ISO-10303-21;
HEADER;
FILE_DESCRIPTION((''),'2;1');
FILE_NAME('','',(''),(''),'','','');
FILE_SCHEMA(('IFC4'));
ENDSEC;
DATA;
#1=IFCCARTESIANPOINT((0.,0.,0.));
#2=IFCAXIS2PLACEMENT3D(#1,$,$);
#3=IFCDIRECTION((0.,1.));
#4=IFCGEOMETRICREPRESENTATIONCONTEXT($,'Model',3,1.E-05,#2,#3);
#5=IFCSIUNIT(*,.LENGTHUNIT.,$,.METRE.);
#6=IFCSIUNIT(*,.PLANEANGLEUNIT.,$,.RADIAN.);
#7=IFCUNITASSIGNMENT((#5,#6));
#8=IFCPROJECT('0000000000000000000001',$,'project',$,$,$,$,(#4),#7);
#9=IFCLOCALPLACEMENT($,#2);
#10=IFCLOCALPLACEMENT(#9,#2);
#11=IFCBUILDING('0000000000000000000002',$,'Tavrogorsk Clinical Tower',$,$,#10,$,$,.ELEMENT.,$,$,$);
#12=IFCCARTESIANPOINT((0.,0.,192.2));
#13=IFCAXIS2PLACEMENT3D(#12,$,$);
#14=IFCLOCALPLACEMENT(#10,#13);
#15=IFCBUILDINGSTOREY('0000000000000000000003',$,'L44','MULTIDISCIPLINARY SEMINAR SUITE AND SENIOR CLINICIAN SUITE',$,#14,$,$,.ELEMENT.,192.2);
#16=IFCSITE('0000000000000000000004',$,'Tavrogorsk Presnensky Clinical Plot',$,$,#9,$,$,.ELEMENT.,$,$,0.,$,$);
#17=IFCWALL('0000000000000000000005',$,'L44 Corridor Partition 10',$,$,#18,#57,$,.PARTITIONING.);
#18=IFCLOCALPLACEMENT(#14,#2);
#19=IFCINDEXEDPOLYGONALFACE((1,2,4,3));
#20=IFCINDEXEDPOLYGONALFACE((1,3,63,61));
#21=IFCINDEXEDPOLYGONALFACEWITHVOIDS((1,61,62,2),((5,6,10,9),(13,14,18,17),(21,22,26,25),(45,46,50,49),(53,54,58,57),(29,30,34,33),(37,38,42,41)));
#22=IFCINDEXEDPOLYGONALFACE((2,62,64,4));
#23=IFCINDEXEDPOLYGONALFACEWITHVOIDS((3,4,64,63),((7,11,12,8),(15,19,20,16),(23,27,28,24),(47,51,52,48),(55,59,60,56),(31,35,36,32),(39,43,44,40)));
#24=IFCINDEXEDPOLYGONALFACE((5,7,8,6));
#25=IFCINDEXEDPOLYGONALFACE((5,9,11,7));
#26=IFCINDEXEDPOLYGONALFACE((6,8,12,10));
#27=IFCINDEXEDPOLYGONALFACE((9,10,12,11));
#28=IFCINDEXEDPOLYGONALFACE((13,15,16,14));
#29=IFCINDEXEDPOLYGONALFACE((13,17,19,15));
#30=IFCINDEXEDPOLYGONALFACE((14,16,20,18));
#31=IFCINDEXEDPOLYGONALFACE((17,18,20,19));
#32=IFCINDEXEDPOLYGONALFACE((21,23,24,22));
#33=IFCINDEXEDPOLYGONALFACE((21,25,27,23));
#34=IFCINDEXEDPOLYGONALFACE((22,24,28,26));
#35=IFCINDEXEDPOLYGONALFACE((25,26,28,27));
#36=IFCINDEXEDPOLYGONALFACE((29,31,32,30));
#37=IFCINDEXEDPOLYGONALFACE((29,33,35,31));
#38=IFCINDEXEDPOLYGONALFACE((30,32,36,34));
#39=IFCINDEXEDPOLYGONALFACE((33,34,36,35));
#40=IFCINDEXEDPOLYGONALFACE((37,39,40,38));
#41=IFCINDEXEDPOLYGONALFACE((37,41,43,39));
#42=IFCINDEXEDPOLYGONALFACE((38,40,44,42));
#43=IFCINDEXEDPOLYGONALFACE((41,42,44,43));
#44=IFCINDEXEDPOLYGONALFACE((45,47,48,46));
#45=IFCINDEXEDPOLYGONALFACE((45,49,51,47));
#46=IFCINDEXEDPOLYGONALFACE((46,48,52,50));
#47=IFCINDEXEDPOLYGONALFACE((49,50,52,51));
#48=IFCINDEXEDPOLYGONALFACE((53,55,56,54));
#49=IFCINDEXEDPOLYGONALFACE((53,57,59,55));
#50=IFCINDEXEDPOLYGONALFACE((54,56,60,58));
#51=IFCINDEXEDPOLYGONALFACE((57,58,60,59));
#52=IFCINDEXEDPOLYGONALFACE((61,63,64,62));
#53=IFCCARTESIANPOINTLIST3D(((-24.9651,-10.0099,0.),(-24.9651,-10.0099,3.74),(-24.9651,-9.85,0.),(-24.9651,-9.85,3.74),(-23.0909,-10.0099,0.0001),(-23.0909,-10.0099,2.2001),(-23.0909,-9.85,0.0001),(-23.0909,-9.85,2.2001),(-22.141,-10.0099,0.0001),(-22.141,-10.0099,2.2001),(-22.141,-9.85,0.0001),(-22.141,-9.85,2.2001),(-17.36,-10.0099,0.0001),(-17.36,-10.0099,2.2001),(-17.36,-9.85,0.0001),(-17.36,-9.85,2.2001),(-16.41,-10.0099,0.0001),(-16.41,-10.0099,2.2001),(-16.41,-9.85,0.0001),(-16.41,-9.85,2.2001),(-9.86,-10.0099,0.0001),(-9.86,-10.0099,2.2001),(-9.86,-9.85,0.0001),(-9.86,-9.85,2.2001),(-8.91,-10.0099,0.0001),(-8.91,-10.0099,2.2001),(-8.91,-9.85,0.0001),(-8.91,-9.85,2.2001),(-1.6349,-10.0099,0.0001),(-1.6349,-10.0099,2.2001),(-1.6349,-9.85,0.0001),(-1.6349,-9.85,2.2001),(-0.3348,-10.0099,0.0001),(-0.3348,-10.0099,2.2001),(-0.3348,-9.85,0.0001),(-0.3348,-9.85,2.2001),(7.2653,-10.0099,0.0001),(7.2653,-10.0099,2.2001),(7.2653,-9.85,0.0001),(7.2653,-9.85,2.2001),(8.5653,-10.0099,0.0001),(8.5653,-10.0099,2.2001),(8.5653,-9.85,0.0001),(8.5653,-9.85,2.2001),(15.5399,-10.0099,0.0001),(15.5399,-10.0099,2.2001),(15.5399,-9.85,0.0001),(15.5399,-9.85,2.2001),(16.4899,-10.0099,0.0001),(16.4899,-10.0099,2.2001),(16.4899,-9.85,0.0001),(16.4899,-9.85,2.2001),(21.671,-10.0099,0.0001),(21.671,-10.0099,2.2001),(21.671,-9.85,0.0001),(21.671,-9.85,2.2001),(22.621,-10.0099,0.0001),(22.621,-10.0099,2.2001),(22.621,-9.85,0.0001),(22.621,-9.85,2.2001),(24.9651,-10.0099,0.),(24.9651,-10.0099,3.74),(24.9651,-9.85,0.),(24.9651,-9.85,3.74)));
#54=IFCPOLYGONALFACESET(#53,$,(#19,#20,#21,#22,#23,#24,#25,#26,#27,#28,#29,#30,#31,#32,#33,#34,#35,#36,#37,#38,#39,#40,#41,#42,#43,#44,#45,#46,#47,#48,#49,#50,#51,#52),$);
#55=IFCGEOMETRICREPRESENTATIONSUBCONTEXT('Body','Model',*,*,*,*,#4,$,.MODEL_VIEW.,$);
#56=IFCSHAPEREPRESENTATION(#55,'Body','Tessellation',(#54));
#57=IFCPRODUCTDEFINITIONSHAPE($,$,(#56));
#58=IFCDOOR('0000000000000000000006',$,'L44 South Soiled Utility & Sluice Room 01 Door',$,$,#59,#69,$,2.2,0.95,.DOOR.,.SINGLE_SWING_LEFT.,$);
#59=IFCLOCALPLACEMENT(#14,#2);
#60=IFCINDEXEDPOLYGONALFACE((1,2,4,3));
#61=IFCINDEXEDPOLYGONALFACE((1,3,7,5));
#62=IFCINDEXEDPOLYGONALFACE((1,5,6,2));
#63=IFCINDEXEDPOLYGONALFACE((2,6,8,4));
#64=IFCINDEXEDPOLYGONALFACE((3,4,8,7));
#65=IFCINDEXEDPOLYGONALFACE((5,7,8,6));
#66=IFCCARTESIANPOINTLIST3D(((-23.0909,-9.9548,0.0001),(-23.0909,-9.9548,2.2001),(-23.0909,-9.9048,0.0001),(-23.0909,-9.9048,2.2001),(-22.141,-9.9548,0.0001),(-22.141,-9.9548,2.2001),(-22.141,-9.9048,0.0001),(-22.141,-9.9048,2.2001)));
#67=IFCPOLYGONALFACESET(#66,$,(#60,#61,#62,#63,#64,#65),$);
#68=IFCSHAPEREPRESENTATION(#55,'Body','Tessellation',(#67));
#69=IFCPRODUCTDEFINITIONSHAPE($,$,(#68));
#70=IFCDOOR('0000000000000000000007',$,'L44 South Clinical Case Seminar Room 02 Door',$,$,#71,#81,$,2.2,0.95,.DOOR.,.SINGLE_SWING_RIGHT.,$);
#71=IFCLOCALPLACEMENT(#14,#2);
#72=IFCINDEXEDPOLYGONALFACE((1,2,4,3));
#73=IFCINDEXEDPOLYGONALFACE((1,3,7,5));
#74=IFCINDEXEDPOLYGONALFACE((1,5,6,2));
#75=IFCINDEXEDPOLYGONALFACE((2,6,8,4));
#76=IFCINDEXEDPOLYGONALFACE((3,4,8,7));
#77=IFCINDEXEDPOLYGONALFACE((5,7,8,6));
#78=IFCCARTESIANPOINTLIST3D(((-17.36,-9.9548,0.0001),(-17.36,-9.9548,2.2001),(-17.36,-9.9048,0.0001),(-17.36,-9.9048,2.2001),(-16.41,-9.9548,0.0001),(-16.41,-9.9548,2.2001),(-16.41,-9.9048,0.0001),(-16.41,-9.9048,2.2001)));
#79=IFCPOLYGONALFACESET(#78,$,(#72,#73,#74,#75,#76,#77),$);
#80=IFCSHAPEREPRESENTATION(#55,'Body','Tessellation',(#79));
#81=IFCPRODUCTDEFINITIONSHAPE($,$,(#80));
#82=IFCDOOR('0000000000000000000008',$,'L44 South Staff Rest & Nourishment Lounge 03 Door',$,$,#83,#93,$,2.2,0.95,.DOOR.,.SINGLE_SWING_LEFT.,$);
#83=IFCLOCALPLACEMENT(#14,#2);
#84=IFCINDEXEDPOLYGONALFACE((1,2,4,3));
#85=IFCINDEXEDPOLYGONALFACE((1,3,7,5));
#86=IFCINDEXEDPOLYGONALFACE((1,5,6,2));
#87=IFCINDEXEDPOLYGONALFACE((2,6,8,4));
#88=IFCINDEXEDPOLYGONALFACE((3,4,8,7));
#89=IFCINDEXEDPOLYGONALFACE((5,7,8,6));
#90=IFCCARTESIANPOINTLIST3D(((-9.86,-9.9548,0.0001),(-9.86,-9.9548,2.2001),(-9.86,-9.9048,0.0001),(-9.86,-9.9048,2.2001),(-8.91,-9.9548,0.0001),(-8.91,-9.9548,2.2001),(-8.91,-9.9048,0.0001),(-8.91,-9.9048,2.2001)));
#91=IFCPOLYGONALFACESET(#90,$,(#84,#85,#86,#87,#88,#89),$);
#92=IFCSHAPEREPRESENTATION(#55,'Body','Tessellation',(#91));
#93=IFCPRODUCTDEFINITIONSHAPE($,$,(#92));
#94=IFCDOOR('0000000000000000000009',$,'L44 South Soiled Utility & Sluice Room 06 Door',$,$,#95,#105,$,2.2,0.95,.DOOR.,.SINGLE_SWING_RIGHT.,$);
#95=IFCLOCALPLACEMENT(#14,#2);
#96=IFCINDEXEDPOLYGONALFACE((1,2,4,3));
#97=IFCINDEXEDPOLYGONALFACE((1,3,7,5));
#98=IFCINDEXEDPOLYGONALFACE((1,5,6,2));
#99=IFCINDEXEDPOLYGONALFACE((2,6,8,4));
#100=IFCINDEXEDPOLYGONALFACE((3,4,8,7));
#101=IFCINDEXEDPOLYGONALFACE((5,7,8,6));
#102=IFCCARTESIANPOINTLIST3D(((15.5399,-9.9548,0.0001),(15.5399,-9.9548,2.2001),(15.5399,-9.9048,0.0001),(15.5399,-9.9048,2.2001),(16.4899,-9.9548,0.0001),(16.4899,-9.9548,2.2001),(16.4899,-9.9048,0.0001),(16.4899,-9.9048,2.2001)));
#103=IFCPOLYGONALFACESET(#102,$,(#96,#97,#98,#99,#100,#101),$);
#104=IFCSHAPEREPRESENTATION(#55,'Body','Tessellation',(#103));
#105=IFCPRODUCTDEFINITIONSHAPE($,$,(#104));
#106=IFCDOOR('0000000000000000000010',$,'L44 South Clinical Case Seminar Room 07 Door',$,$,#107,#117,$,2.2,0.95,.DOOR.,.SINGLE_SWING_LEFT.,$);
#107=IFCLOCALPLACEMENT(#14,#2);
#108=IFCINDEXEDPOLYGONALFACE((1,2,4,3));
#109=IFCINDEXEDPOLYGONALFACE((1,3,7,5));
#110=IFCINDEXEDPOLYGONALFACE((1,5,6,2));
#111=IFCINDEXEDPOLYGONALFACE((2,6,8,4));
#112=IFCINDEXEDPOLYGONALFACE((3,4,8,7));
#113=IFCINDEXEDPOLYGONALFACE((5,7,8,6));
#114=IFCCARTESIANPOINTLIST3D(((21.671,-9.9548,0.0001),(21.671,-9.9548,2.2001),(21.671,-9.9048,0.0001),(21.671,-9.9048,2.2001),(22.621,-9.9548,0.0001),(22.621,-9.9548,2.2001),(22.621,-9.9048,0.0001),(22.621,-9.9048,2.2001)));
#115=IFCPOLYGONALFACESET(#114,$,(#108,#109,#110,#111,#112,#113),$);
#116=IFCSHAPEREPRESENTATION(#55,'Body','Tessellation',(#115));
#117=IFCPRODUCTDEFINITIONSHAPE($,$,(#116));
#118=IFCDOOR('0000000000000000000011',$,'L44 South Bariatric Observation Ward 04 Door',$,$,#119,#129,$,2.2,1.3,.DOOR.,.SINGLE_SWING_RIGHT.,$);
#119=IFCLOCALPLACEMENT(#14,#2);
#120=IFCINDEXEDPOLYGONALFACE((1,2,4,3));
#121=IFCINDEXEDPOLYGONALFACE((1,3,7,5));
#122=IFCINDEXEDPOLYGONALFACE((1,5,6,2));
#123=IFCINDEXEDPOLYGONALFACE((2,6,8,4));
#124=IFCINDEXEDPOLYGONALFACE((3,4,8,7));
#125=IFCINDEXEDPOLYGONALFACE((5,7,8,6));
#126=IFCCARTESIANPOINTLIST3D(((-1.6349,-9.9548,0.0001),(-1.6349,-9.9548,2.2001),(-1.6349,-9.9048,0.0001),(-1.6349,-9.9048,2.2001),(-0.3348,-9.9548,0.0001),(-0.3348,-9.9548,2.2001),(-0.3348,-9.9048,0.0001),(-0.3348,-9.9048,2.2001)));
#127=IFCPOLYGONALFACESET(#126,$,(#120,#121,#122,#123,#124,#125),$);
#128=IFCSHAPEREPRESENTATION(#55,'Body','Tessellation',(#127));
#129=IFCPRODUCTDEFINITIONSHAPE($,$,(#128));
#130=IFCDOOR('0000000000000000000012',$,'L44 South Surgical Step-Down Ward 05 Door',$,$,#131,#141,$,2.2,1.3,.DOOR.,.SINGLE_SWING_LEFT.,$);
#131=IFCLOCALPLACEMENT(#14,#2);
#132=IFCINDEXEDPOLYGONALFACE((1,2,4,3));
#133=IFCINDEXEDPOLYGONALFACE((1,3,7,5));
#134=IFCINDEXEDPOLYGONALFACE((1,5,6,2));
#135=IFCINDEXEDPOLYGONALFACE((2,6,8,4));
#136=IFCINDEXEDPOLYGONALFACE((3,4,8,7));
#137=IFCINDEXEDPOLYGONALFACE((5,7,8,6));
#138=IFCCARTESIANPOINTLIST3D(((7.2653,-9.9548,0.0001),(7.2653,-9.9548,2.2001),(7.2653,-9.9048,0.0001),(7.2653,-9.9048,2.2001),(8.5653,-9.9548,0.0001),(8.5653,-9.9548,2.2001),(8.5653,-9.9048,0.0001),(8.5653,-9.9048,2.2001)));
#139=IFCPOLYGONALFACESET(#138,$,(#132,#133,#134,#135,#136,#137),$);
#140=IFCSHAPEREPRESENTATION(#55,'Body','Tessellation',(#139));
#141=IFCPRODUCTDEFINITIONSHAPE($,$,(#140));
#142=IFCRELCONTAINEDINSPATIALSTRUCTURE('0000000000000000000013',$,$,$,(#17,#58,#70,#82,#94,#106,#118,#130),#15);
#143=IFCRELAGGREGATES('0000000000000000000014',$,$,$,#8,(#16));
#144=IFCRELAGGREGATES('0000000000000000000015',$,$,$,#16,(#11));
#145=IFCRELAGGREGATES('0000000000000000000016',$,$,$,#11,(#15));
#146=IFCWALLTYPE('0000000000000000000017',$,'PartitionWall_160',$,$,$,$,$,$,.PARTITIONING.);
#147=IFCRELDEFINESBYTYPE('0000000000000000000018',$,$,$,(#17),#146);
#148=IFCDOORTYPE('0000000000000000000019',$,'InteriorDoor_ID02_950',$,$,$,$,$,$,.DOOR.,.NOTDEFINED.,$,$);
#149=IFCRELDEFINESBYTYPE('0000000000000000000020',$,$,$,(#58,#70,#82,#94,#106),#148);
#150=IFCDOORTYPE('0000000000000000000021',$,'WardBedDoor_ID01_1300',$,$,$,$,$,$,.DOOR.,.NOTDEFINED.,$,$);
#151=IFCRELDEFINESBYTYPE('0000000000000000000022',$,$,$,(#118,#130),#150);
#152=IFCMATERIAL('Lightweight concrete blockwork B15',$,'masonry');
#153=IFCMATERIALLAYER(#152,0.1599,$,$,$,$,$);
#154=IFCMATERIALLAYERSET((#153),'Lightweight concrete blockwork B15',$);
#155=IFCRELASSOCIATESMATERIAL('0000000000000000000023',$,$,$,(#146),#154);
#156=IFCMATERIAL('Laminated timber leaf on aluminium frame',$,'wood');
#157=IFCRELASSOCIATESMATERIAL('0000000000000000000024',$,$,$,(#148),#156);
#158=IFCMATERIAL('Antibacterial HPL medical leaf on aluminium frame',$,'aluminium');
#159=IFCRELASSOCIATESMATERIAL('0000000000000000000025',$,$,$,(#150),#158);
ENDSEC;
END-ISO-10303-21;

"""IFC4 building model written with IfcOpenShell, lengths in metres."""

from ifc_helpers import new_model, si_unit, direction, frame, frame_2d, origin, place, context, subcontext, project, spatial, rectangle, extrude, material, layer, layer_set, type_object, element, fill, save


model = new_model("IFC4")

# Units and contexts
model_context = context("Model", 3, precision=1e-05, world=origin(), true_north=direction((0.0, 1.0)))
body_context = subcontext(model_context, "Body", "Model", "MODEL_VIEW")
ifc_project = project(units=[si_unit("LENGTHUNIT", "METRE"), si_unit("PLANEANGLEUNIT", "RADIAN")], contexts=[model_context])

# Site, building, storey
site_placement = place(None, origin())
site = spatial("IfcSite", under=ifc_project, at=site_placement, Name="Tavrogorsk Presnensky Clinical Plot", CompositionType="ELEMENT", RefElevation=0.0)
building_placement = place(site_placement, origin())
building = spatial("IfcBuilding", under=site, at=building_placement, Name="Tavrogorsk Clinical Tower", CompositionType="ELEMENT")
storey_placement = place(building_placement, frame((0.0, 0.0, 192.2)))
storey = spatial("IfcBuildingStorey", under=building, at=storey_placement, Name="L44", Description="MULTIDISCIPLINARY SEMINAR SUITE AND SENIOR CLINICIAN SUITE", CompositionType="ELEMENT", Elevation=192.2)

# Shared definitions
ifc_material_1 = material(Name="Lightweight concrete blockwork B15", Category="masonry")
ifc_layer = layer(ifc_material_1, 0.1599)
ifc_layer_set = layer_set([ifc_layer], Name="Lightweight concrete blockwork B15")
wall_type = type_object("IfcWallType", Name="PartitionWall_160", PredefinedType="PARTITIONING", material=ifc_layer_set)
ifc_material_2 = material(Name="Laminated timber leaf on aluminium frame", Category="wood")
door_type_1 = type_object("IfcDoorType", Name="InteriorDoor_ID02_950", OperationType="NOTDEFINED", PredefinedType="DOOR", material=ifc_material_2)

# Wall, openings, doors
wall_1_placement = place(storey_placement, frame((24.9651, -9.9299, 0.0), z_axis=(0.0, 0.0, 1.0), x_axis=(-1.0, 0.0, 0.0)))
wall_1 = element("IfcWall", 1, at=wall_1_placement, inside=storey, type_object=wall_type, Name="L44 Corridor Partition 10", PredefinedType="PARTITIONING", context=body_context, shape_type="SweptSolid", body=[
    extrude(rectangle(XDim=49.9302, YDim=0.1599, at=frame_2d((24.9651, 0.0))), origin(), (0.0, 0.0, 1.0), 3.74),
])
opening_1_placement = place(wall_1_placement, frame((47.106, 0.0, 0.0)))
opening_1 = element("IfcOpeningElement", 2, at=opening_1_placement, cuts=wall_1, PredefinedType="OPENING", context=body_context, shape_type="SweptSolid", body=[
    extrude(rectangle(XDim=0.95, YDim=2.2, at=frame_2d((0.4751, 1.1001))), frame((0.0, 0.0898, 0.0), z_axis=(0.0, -1.0, 0.0), x_axis=(1.0, 0.0, 0.0)), (0.0, 0.0, 1.0), 0.1799),
])
opening_2_placement = place(wall_1_placement, frame((41.375, 0.0, 0.0)))
opening_2 = element("IfcOpeningElement", 3, at=opening_2_placement, cuts=wall_1, PredefinedType="OPENING", context=body_context, shape_type="SweptSolid", body=[
    extrude(rectangle(XDim=0.95, YDim=2.2, at=frame_2d((0.4751, 1.1001))), frame((0.0, 0.0898, 0.0), z_axis=(0.0, -1.0, 0.0), x_axis=(1.0, 0.0, 0.0)), (0.0, 0.0, 1.0), 0.1799),
])
opening_3_placement = place(wall_1_placement, frame((33.875, 0.0, 0.0)))
opening_3 = element("IfcOpeningElement", 4, at=opening_3_placement, cuts=wall_1, PredefinedType="OPENING", context=body_context, shape_type="SweptSolid", body=[
    extrude(rectangle(XDim=0.95, YDim=2.2, at=frame_2d((0.4751, 1.1001))), frame((0.0, 0.0898, 0.0), z_axis=(0.0, -1.0, 0.0), x_axis=(1.0, 0.0, 0.0)), (0.0, 0.0, 1.0), 0.1799),
])
opening_4_placement = place(wall_1_placement, frame((25.3, 0.0, 0.0)))
opening_4 = element("IfcOpeningElement", 5, at=opening_4_placement, cuts=wall_1, PredefinedType="OPENING", context=body_context, shape_type="SweptSolid", body=[
    extrude(rectangle(XDim=1.3, YDim=2.2, at=frame_2d((0.6499, 1.1001))), frame((0.0, 0.0898, 0.0), z_axis=(0.0, -1.0, 0.0), x_axis=(1.0, 0.0, 0.0)), (0.0, 0.0, 1.0), 0.1799),
])
opening_5_placement = place(wall_1_placement, frame((16.3999, 0.0, 0.0)))
opening_5 = element("IfcOpeningElement", 6, at=opening_5_placement, cuts=wall_1, PredefinedType="OPENING", context=body_context, shape_type="SweptSolid", body=[
    extrude(rectangle(XDim=1.3, YDim=2.2, at=frame_2d((0.6499, 1.1001))), frame((0.0, 0.0898, 0.0), z_axis=(0.0, -1.0, 0.0), x_axis=(1.0, 0.0, 0.0)), (0.0, 0.0, 1.0), 0.1799),
])
opening_6_placement = place(wall_1_placement, frame((8.4751, 0.0, 0.0)))
opening_6 = element("IfcOpeningElement", 7, at=opening_6_placement, cuts=wall_1, PredefinedType="OPENING", context=body_context, shape_type="SweptSolid", body=[
    extrude(rectangle(XDim=0.95, YDim=2.2, at=frame_2d((0.4751, 1.1001))), frame((0.0, 0.0898, 0.0), z_axis=(0.0, -1.0, 0.0), x_axis=(1.0, 0.0, 0.0)), (0.0, 0.0, 1.0), 0.1799),
])
opening_7_placement = place(wall_1_placement, frame((2.344, 0.0, 0.0)))
opening_7 = element("IfcOpeningElement", 8, at=opening_7_placement, cuts=wall_1, PredefinedType="OPENING", context=body_context, shape_type="SweptSolid", body=[
    extrude(rectangle(XDim=0.95, YDim=2.2, at=frame_2d((0.4751, 1.1001))), frame((0.0, 0.0898, 0.0), z_axis=(0.0, -1.0, 0.0), x_axis=(1.0, 0.0, 0.0)), (0.0, 0.0, 1.0), 0.1799),
])
door_1_placement = place(opening_1_placement, origin())
door_1 = element("IfcDoor", 9, at=door_1_placement, inside=storey, type_object=door_type_1, Name="L44 South Soiled Utility & Sluice Room 01 Door", OperationType="SINGLE_SWING_LEFT", OverallHeight=2.2, OverallWidth=0.95, PredefinedType="DOOR", context=body_context, shape_type="SweptSolid", body=[
    extrude(rectangle(XDim=0.95, YDim=2.2, at=frame_2d((0.4751, 1.1001))), frame((0.0, 0.0249, 0.0), z_axis=(0.0, -1.0, 0.0), x_axis=(1.0, 0.0, 0.0)), (0.0, 0.0, 1.0), 0.05),
])
fill(opening_1, door_1)
door_2_placement = place(opening_2_placement, origin())
door_2 = element("IfcDoor", 10, at=door_2_placement, inside=storey, type_object=door_type_1, Name="L44 South Clinical Case Seminar Room 02 Door", OperationType="SINGLE_SWING_RIGHT", OverallHeight=2.2, OverallWidth=0.95, PredefinedType="DOOR", context=body_context, shape_type="SweptSolid", body=[
    extrude(rectangle(XDim=0.95, YDim=2.2, at=frame_2d((0.4751, 1.1001))), frame((0.0, 0.0249, 0.0), z_axis=(0.0, -1.0, 0.0), x_axis=(1.0, 0.0, 0.0)), (0.0, 0.0, 1.0), 0.05),
])
fill(opening_2, door_2)
door_3_placement = place(opening_3_placement, origin())
door_3 = element("IfcDoor", 11, at=door_3_placement, inside=storey, type_object=door_type_1, Name="L44 South Staff Rest & Nourishment Lounge 03 Door", OperationType="SINGLE_SWING_LEFT", OverallHeight=2.2, OverallWidth=0.95, PredefinedType="DOOR", context=body_context, shape_type="SweptSolid", body=[
    extrude(rectangle(XDim=0.95, YDim=2.2, at=frame_2d((0.4751, 1.1001))), frame((0.0, 0.0249, 0.0), z_axis=(0.0, -1.0, 0.0), x_axis=(1.0, 0.0, 0.0)), (0.0, 0.0, 1.0), 0.05),
])
fill(opening_3, door_3)
door_4_placement = place(opening_6_placement, origin())
door_4 = element("IfcDoor", 12, at=door_4_placement, inside=storey, type_object=door_type_1, Name="L44 South Soiled Utility & Sluice Room 06 Door", OperationType="SINGLE_SWING_RIGHT", OverallHeight=2.2, OverallWidth=0.95, PredefinedType="DOOR", context=body_context, shape_type="SweptSolid", body=[
    extrude(rectangle(XDim=0.95, YDim=2.2, at=frame_2d((0.4751, 1.1001))), frame((0.0, 0.0249, 0.0), z_axis=(0.0, -1.0, 0.0), x_axis=(1.0, 0.0, 0.0)), (0.0, 0.0, 1.0), 0.05),
])
fill(opening_6, door_4)
door_5_placement = place(opening_7_placement, origin())
door_5 = element("IfcDoor", 13, at=door_5_placement, inside=storey, type_object=door_type_1, Name="L44 South Clinical Case Seminar Room 07 Door", OperationType="SINGLE_SWING_LEFT", OverallHeight=2.2, OverallWidth=0.95, PredefinedType="DOOR", context=body_context, shape_type="SweptSolid", body=[
    extrude(rectangle(XDim=0.95, YDim=2.2, at=frame_2d((0.4751, 1.1001))), frame((0.0, 0.0249, 0.0), z_axis=(0.0, -1.0, 0.0), x_axis=(1.0, 0.0, 0.0)), (0.0, 0.0, 1.0), 0.05),
])
fill(opening_7, door_5)
ifc_material_3 = material(Name="Antibacterial HPL medical leaf on aluminium frame", Category="aluminium")
door_type_2 = type_object("IfcDoorType", Name="WardBedDoor_ID01_1300", OperationType="NOTDEFINED", PredefinedType="DOOR", material=ifc_material_3)
door_6_placement = place(opening_4_placement, origin())
door_6 = element("IfcDoor", 14, at=door_6_placement, inside=storey, type_object=door_type_2, Name="L44 South Bariatric Observation Ward 04 Door", OperationType="SINGLE_SWING_RIGHT", OverallHeight=2.2, OverallWidth=1.3, PredefinedType="DOOR", context=body_context, shape_type="SweptSolid", body=[
    extrude(rectangle(XDim=1.3, YDim=2.2, at=frame_2d((0.6499, 1.1001))), frame((0.0, 0.0249, 0.0), z_axis=(0.0, -1.0, 0.0), x_axis=(1.0, 0.0, 0.0)), (0.0, 0.0, 1.0), 0.05),
])
fill(opening_4, door_6)
door_7_placement = place(opening_5_placement, origin())
door_7 = element("IfcDoor", 15, at=door_7_placement, inside=storey, type_object=door_type_2, Name="L44 South Surgical Step-Down Ward 05 Door", OperationType="SINGLE_SWING_LEFT", OverallHeight=2.2, OverallWidth=1.3, PredefinedType="DOOR", context=body_context, shape_type="SweptSolid", body=[
    extrude(rectangle(XDim=1.3, YDim=2.2, at=frame_2d((0.6499, 1.1001))), frame((0.0, 0.0249, 0.0), z_axis=(0.0, -1.0, 0.0), x_axis=(1.0, 0.0, 0.0)), (0.0, 0.0, 1.0), 0.05),
])
fill(opening_5, door_7)

save(model, "model.ifc")
